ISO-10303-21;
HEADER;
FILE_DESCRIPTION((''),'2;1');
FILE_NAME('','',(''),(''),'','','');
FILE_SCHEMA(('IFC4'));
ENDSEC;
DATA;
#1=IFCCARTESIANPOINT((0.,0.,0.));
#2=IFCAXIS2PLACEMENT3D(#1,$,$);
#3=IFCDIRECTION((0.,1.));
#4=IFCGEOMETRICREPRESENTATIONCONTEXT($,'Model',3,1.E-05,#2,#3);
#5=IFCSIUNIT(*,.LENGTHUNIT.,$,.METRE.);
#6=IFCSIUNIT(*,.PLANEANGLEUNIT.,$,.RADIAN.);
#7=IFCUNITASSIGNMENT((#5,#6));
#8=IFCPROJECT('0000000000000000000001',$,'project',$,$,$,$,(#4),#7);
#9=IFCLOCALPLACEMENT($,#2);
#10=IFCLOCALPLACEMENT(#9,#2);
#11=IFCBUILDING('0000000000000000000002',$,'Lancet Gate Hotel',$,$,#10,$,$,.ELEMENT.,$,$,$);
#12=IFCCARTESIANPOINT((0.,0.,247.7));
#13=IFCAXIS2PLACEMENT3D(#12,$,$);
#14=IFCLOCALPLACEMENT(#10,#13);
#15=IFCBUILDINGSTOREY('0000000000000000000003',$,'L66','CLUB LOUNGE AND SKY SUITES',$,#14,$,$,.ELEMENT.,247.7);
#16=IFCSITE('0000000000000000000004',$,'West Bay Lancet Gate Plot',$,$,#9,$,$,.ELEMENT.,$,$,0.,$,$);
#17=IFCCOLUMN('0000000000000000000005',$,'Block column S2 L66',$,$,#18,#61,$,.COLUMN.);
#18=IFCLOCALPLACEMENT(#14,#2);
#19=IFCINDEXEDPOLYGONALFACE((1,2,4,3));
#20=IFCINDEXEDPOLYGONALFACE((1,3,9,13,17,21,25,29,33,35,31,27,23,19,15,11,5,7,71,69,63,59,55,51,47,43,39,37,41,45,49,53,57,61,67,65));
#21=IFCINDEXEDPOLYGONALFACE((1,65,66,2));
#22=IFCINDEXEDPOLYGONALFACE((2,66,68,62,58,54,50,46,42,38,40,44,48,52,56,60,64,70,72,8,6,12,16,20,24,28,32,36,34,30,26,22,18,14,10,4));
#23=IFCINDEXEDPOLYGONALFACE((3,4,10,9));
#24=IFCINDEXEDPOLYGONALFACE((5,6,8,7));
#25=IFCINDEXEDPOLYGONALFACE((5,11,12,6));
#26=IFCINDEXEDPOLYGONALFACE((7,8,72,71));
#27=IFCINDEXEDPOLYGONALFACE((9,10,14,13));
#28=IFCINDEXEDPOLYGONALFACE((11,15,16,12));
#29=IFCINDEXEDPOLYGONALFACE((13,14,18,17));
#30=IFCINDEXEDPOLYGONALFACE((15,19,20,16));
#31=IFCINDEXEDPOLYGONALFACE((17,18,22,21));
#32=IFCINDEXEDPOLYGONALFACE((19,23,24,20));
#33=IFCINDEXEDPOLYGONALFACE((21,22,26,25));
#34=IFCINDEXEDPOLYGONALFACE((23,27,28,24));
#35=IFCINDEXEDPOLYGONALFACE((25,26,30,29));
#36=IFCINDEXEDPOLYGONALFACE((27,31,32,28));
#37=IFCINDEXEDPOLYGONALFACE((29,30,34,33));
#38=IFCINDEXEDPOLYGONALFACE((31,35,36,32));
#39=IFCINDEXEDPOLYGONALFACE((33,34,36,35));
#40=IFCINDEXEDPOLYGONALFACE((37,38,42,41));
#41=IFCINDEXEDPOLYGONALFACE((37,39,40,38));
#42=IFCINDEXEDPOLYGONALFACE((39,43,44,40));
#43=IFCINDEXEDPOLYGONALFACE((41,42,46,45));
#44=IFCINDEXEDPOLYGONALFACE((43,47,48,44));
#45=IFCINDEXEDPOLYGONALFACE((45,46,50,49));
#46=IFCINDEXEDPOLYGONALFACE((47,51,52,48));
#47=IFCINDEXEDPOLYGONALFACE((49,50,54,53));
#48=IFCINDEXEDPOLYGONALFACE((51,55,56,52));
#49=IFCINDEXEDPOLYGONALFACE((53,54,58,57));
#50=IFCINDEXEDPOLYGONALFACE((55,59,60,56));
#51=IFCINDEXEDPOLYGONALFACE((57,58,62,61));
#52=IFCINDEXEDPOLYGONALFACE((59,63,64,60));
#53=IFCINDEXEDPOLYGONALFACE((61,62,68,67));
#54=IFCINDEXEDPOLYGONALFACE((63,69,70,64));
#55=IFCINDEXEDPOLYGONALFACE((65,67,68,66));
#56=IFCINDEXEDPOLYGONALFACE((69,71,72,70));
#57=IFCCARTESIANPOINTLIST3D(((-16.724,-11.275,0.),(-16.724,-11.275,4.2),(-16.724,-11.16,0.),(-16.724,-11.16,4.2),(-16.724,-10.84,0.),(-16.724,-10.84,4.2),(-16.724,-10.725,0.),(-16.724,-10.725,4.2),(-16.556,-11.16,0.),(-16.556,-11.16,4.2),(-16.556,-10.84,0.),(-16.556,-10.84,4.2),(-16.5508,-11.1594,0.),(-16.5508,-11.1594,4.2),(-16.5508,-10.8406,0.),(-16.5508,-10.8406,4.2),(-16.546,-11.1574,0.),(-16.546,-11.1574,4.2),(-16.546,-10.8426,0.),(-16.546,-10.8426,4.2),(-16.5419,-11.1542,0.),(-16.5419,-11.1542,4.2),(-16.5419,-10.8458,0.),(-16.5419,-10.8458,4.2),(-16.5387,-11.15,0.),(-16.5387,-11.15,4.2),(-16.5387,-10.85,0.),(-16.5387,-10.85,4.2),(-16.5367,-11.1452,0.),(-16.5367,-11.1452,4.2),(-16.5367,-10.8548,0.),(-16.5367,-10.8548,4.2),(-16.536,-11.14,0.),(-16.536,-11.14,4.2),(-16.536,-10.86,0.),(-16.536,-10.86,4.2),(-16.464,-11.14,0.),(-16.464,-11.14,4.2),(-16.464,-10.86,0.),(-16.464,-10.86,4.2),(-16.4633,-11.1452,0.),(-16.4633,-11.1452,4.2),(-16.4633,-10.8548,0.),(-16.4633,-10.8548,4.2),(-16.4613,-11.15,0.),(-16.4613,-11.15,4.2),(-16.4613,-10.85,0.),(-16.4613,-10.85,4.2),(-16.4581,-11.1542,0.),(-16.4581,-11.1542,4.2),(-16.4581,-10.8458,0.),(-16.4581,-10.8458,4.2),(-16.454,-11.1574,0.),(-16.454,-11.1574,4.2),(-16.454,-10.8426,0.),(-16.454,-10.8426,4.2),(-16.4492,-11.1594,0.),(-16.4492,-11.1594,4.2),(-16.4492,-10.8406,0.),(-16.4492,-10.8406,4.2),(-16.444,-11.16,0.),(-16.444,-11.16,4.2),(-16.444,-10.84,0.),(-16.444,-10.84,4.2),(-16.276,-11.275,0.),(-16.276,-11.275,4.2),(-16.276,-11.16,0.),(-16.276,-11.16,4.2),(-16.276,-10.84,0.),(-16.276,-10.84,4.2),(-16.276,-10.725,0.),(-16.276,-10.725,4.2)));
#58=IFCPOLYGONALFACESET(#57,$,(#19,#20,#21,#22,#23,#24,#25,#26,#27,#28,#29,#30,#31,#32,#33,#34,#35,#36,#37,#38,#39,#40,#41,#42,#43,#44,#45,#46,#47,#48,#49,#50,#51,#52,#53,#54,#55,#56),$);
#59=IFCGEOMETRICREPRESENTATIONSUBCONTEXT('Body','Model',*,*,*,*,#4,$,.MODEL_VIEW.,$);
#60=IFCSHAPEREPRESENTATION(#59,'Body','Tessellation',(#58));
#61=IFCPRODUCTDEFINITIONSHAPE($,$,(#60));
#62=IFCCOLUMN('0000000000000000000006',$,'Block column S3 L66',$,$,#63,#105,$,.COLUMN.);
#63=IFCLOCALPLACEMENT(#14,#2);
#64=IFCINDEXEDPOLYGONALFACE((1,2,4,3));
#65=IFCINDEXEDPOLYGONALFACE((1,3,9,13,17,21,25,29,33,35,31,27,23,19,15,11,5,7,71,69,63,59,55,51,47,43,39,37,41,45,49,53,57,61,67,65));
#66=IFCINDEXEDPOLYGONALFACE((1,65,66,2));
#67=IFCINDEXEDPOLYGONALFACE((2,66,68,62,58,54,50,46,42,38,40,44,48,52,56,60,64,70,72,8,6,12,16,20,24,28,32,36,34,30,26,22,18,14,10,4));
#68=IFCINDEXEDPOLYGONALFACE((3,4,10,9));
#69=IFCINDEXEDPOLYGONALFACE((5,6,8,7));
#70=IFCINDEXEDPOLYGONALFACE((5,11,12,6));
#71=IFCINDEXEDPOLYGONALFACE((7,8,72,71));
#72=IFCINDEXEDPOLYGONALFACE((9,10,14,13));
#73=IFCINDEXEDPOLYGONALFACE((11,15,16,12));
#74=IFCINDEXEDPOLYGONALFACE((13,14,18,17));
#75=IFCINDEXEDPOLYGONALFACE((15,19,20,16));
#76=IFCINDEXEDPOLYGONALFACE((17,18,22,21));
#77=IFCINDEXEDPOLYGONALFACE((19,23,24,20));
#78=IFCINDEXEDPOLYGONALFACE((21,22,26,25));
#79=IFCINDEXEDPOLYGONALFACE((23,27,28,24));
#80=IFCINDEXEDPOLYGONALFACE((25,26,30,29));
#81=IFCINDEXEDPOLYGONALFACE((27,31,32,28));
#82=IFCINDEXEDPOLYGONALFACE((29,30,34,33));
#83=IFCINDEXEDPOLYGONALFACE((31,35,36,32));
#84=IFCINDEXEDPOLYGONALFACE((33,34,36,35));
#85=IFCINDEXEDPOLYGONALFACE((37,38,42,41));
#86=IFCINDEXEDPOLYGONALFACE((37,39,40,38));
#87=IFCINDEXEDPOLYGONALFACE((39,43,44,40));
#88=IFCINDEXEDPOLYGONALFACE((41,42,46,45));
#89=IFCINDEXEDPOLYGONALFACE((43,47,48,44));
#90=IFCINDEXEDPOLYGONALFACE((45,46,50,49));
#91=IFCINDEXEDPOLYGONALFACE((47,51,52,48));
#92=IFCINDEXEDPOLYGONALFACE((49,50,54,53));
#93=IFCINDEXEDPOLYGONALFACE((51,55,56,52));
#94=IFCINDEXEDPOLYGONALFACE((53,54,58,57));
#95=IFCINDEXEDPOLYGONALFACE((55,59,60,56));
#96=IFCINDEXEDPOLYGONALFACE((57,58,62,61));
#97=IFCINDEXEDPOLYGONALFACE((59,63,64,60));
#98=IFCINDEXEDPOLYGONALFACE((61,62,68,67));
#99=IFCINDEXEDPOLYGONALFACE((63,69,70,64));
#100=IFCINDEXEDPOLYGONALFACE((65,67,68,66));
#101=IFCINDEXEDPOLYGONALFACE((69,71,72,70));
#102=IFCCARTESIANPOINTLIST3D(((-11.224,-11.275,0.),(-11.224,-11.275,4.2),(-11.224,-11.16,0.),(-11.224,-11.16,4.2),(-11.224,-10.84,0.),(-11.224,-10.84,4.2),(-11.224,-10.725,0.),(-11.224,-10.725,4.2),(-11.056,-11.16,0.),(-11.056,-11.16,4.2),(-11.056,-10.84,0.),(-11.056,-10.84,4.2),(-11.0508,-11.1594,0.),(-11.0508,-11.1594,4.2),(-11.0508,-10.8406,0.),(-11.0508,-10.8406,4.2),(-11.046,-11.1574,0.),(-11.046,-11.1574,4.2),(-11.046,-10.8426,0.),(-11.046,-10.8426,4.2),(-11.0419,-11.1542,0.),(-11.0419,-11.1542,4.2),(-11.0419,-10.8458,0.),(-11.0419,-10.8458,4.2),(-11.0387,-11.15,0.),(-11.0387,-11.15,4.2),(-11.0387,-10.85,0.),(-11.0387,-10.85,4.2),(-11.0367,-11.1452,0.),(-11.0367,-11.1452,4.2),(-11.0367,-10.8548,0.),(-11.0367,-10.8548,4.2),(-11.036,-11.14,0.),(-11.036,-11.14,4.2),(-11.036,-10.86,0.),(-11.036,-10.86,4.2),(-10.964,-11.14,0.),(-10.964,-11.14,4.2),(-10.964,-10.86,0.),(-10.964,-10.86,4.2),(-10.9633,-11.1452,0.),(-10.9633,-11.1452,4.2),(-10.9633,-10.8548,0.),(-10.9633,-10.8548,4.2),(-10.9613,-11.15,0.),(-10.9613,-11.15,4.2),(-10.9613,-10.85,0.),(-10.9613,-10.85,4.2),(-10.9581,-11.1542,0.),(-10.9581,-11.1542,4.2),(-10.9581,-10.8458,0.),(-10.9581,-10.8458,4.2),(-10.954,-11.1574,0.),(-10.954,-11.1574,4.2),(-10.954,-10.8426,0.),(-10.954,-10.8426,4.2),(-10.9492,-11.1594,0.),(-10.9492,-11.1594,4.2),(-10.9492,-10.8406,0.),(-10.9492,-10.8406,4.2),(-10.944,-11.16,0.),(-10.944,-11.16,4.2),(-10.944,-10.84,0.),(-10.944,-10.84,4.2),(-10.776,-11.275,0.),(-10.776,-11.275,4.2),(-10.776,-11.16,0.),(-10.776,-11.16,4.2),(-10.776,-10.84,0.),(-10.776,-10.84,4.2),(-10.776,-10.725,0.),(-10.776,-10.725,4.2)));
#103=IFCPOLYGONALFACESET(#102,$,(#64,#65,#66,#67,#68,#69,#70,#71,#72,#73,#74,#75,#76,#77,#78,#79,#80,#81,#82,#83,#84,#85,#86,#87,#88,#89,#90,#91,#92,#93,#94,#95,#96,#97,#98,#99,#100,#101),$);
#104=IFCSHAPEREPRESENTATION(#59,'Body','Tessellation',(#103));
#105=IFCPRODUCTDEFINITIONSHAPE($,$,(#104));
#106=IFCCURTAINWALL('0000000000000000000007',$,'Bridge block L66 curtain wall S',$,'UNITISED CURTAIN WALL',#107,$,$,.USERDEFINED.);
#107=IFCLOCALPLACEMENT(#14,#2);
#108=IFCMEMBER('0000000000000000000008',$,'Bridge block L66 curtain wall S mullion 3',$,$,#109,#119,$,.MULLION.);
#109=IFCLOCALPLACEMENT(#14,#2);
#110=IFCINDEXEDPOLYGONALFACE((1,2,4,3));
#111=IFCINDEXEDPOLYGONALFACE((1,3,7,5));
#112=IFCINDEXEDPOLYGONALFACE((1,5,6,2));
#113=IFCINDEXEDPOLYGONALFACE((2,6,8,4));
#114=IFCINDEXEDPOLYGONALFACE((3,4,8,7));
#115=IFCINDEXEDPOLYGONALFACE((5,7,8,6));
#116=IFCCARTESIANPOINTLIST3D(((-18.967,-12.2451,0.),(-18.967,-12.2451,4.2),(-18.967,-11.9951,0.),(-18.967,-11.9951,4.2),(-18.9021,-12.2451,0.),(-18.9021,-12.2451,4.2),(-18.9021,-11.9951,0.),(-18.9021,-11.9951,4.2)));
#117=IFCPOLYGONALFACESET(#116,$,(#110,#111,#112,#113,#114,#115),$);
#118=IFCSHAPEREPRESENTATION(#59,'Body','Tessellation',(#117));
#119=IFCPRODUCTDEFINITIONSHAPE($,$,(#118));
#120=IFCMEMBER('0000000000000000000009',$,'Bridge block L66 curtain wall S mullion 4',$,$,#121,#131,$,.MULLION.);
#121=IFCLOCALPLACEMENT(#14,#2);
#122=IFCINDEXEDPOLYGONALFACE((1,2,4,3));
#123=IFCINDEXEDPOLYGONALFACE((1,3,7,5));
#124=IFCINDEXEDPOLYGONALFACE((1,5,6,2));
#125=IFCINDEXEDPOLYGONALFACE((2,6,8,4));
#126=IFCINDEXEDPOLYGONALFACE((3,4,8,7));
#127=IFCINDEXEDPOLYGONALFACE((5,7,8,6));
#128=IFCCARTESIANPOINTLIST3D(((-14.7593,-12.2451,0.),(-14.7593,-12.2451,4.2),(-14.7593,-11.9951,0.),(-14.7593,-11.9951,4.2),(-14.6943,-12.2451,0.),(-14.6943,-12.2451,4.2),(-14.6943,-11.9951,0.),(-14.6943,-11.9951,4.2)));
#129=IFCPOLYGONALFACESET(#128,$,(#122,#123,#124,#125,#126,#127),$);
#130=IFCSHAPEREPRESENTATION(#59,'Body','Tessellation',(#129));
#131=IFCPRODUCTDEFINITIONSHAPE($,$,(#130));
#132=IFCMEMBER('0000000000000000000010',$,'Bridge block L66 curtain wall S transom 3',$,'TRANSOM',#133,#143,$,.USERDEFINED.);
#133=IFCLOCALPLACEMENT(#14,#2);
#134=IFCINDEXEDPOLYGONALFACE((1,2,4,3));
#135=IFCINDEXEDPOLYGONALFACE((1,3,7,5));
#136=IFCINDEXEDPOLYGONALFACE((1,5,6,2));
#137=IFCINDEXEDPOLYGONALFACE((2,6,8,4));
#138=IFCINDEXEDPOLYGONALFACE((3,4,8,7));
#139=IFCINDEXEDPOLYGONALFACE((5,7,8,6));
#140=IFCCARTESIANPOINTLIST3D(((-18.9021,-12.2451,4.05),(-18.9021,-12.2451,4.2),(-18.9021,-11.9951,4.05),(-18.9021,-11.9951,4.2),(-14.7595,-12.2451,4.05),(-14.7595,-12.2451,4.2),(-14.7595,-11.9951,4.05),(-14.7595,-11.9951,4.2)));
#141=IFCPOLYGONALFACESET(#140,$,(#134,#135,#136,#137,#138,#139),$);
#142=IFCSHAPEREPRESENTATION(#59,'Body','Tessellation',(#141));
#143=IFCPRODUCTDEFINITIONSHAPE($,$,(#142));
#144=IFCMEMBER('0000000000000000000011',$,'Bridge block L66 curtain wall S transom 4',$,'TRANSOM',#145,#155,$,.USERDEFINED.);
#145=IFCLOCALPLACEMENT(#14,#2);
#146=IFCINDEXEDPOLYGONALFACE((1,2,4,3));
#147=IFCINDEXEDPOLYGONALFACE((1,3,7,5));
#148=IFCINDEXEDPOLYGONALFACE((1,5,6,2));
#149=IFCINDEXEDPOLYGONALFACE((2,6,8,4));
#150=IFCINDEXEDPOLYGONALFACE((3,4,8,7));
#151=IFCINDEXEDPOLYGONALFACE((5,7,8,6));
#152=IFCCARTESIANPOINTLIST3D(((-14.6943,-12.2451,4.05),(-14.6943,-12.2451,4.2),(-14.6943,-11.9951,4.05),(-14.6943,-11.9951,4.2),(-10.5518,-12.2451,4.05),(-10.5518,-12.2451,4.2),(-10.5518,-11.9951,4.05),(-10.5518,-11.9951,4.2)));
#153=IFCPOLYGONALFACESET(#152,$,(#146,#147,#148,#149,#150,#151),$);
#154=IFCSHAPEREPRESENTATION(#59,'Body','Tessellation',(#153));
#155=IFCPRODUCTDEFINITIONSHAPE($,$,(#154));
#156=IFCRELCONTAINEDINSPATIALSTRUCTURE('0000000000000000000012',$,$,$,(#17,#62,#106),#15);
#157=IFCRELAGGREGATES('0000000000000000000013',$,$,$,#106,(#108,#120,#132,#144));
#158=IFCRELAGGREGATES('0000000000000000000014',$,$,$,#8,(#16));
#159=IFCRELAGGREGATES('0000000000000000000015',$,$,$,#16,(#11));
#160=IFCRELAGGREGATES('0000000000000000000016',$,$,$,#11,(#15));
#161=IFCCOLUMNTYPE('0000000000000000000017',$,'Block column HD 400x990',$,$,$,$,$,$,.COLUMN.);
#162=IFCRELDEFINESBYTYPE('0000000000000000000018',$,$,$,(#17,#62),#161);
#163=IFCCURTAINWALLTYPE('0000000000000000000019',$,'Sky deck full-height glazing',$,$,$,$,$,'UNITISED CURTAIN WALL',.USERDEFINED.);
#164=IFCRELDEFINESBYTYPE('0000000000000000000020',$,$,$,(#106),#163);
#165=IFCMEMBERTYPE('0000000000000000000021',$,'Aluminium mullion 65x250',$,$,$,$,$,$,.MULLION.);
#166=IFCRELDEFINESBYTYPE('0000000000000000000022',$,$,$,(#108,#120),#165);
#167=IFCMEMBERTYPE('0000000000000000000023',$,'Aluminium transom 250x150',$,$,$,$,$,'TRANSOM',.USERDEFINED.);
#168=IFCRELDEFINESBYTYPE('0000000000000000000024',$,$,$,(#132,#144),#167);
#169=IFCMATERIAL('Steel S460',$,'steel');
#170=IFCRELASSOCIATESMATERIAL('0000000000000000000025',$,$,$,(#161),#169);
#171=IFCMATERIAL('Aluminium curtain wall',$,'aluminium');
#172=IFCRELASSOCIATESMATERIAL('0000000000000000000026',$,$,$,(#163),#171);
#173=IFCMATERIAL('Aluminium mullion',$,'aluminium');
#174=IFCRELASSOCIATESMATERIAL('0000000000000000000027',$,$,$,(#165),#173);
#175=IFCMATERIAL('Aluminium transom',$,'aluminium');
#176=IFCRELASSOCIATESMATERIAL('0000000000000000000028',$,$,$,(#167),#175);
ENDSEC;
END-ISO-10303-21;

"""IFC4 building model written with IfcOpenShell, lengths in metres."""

from ifc_helpers import new_model, si_unit, direction, frame, origin, origin_2d, place, context, subcontext, project, spatial, rectangle, i_section, extrude, material, material_profile, profile_set, type_object, element, aggregate, save


model = new_model("IFC4")

# Units and contexts
model_context = context("Model", 3, precision=1e-05, world=origin(), true_north=direction((0.0, 1.0)))
body_context = subcontext(model_context, "Body", "Model", "MODEL_VIEW")
ifc_project = project(units=[si_unit("LENGTHUNIT", "METRE"), si_unit("PLANEANGLEUNIT", "RADIAN")], contexts=[model_context])

# Site, building, storey
site_placement = place(None, origin())
site = spatial("IfcSite", under=ifc_project, at=site_placement, Name="West Bay Lancet Gate Plot", CompositionType="ELEMENT", RefElevation=0.0)
building_placement = place(site_placement, origin())
building = spatial("IfcBuilding", under=site, at=building_placement, Name="Lancet Gate Hotel", CompositionType="ELEMENT")
storey_placement = place(building_placement, frame((0.0, 0.0, 247.7)))
storey = spatial("IfcBuildingStorey", under=building, at=storey_placement, Name="L66", Description="CLUB LOUNGE AND SKY SUITES", CompositionType="ELEMENT", Elevation=247.7)

# Columns
ifc_material_1 = material(Name="Steel S460", Category="steel")
ifc_material_profile_1 = material_profile(ifc_material_1, i_section(OverallWidth=0.448, OverallDepth=0.55, WebThickness=0.072, FlangeThickness=0.115, FilletRadius=0.02, at=origin_2d()), Name="HD 400x990")
ifc_profile_set_1 = profile_set([ifc_material_profile_1], Name="Steel S460")
column_type = type_object("IfcColumnType", Name="Block column HD 400x990", PredefinedType="COLUMN", material=ifc_profile_set_1)
for number, where, z_axis, x_axis, name in (
    (1, (-16.5, -11.0, 0.0), (0.0, 0.0, 1.0), (1.0, 0.0, 0.0), "Block column S2 L66"),
    (2, (-11.0, -11.0, 0.0), (0.0, 0.0, 1.0), (1.0, 0.0, 0.0), "Block column S3 L66"),
):
    element("IfcColumn", number, at=place(storey_placement, frame(where, z_axis=z_axis, x_axis=x_axis)), inside=storey, type_object=column_type, Name=name, PredefinedType="COLUMN", context=body_context, shape_type="SweptSolid", body=[
        extrude(i_section(OverallWidth=0.448, OverallDepth=0.55, WebThickness=0.072, FlangeThickness=0.115, FilletRadius=0.02, at=origin_2d()), origin(), (0.0, 0.0, 1.0), 4.2),
    ])

# Curtain wall, members
ifc_material_2 = material(Name="Aluminium curtain wall", Category="aluminium")
curtain_wall_type = type_object("IfcCurtainWallType", Name="Sky deck full-height glazing", ElementType="UNITISED CURTAIN WALL", PredefinedType="USERDEFINED", material=ifc_material_2)
curtain_wall_placement = place(storey_placement, origin())
curtain_wall = element("IfcCurtainWall", 3, at=curtain_wall_placement, inside=storey, type_object=curtain_wall_type, Name="Bridge block L66 curtain wall S", ObjectType="UNITISED CURTAIN WALL", PredefinedType="USERDEFINED")
ifc_material_3 = material(Name="Aluminium mullion", Category="aluminium")
ifc_material_profile_2 = material_profile(ifc_material_3, rectangle(XDim=0.0649, YDim=0.25, at=origin_2d()), Name="MULLION 65x250")
ifc_profile_set_2 = profile_set([ifc_material_profile_2], Name="Aluminium mullion")
member_type_1 = type_object("IfcMemberType", Name="Aluminium mullion 65x250", PredefinedType="MULLION", material=ifc_profile_set_2)
member_1_placement = place(storey_placement, frame((-18.9346, -12.1201, 0.0), z_axis=(0.0, 0.0, 1.0), x_axis=(1.0, 0.0, 0.0)))
member_1 = element("IfcMember", 4, at=member_1_placement, type_object=member_type_1, Name="Bridge block L66 curtain wall S mullion 3", PredefinedType="MULLION", context=body_context, shape_type="SweptSolid", body=[
    extrude(rectangle(XDim=0.0649, YDim=0.25, at=origin_2d()), origin(), (0.0, 0.0, 1.0), 4.2),
])
member_2_placement = place(storey_placement, frame((-14.7268, -12.1201, 0.0), z_axis=(0.0, 0.0, 1.0), x_axis=(1.0, 0.0, 0.0)))
member_2 = element("IfcMember", 5, at=member_2_placement, type_object=member_type_1, Name="Bridge block L66 curtain wall S mullion 4", PredefinedType="MULLION", context=body_context, shape_type="SweptSolid", body=[
    extrude(rectangle(XDim=0.0649, YDim=0.25, at=origin_2d()), origin(), (0.0, 0.0, 1.0), 4.2),
])
ifc_material_4 = material(Name="Aluminium transom", Category="aluminium")
ifc_material_profile_3 = material_profile(ifc_material_4, rectangle(XDim=0.25, YDim=0.1499, at=origin_2d()), Name="TRANSOM 250x150")
ifc_profile_set_3 = profile_set([ifc_material_profile_3], Name="Aluminium transom")
member_type_2 = type_object("IfcMemberType", Name="Aluminium transom 250x150", ElementType="TRANSOM", PredefinedType="USERDEFINED", material=ifc_profile_set_3)
member_3_placement = place(storey_placement, frame((-18.9021, -12.1201, 4.125), z_axis=(1.0, 0.0, 0.0), x_axis=(0.0, 1.0, 0.0)))
member_3 = element("IfcMember", 6, at=member_3_placement, type_object=member_type_2, Name="Bridge block L66 curtain wall S transom 3", ObjectType="TRANSOM", PredefinedType="USERDEFINED", context=body_context, shape_type="SweptSolid", body=[
    extrude(rectangle(XDim=0.25, YDim=0.1499, at=origin_2d()), origin(), (0.0, 0.0, 1.0), 4.1426),
])
member_4_placement = place(storey_placement, frame((-14.6943, -12.1201, 4.125), z_axis=(1.0, 0.0, 0.0), x_axis=(0.0, 1.0, 0.0)))
member_4 = element("IfcMember", 7, at=member_4_placement, type_object=member_type_2, Name="Bridge block L66 curtain wall S transom 4", ObjectType="TRANSOM", PredefinedType="USERDEFINED", context=body_context, shape_type="SweptSolid", body=[
    extrude(rectangle(XDim=0.25, YDim=0.1499, at=origin_2d()), origin(), (0.0, 0.0, 1.0), 4.1426),
])

aggregate(curtain_wall, [member_1, member_2, member_3, member_4])

save(model, "model.ifc")
